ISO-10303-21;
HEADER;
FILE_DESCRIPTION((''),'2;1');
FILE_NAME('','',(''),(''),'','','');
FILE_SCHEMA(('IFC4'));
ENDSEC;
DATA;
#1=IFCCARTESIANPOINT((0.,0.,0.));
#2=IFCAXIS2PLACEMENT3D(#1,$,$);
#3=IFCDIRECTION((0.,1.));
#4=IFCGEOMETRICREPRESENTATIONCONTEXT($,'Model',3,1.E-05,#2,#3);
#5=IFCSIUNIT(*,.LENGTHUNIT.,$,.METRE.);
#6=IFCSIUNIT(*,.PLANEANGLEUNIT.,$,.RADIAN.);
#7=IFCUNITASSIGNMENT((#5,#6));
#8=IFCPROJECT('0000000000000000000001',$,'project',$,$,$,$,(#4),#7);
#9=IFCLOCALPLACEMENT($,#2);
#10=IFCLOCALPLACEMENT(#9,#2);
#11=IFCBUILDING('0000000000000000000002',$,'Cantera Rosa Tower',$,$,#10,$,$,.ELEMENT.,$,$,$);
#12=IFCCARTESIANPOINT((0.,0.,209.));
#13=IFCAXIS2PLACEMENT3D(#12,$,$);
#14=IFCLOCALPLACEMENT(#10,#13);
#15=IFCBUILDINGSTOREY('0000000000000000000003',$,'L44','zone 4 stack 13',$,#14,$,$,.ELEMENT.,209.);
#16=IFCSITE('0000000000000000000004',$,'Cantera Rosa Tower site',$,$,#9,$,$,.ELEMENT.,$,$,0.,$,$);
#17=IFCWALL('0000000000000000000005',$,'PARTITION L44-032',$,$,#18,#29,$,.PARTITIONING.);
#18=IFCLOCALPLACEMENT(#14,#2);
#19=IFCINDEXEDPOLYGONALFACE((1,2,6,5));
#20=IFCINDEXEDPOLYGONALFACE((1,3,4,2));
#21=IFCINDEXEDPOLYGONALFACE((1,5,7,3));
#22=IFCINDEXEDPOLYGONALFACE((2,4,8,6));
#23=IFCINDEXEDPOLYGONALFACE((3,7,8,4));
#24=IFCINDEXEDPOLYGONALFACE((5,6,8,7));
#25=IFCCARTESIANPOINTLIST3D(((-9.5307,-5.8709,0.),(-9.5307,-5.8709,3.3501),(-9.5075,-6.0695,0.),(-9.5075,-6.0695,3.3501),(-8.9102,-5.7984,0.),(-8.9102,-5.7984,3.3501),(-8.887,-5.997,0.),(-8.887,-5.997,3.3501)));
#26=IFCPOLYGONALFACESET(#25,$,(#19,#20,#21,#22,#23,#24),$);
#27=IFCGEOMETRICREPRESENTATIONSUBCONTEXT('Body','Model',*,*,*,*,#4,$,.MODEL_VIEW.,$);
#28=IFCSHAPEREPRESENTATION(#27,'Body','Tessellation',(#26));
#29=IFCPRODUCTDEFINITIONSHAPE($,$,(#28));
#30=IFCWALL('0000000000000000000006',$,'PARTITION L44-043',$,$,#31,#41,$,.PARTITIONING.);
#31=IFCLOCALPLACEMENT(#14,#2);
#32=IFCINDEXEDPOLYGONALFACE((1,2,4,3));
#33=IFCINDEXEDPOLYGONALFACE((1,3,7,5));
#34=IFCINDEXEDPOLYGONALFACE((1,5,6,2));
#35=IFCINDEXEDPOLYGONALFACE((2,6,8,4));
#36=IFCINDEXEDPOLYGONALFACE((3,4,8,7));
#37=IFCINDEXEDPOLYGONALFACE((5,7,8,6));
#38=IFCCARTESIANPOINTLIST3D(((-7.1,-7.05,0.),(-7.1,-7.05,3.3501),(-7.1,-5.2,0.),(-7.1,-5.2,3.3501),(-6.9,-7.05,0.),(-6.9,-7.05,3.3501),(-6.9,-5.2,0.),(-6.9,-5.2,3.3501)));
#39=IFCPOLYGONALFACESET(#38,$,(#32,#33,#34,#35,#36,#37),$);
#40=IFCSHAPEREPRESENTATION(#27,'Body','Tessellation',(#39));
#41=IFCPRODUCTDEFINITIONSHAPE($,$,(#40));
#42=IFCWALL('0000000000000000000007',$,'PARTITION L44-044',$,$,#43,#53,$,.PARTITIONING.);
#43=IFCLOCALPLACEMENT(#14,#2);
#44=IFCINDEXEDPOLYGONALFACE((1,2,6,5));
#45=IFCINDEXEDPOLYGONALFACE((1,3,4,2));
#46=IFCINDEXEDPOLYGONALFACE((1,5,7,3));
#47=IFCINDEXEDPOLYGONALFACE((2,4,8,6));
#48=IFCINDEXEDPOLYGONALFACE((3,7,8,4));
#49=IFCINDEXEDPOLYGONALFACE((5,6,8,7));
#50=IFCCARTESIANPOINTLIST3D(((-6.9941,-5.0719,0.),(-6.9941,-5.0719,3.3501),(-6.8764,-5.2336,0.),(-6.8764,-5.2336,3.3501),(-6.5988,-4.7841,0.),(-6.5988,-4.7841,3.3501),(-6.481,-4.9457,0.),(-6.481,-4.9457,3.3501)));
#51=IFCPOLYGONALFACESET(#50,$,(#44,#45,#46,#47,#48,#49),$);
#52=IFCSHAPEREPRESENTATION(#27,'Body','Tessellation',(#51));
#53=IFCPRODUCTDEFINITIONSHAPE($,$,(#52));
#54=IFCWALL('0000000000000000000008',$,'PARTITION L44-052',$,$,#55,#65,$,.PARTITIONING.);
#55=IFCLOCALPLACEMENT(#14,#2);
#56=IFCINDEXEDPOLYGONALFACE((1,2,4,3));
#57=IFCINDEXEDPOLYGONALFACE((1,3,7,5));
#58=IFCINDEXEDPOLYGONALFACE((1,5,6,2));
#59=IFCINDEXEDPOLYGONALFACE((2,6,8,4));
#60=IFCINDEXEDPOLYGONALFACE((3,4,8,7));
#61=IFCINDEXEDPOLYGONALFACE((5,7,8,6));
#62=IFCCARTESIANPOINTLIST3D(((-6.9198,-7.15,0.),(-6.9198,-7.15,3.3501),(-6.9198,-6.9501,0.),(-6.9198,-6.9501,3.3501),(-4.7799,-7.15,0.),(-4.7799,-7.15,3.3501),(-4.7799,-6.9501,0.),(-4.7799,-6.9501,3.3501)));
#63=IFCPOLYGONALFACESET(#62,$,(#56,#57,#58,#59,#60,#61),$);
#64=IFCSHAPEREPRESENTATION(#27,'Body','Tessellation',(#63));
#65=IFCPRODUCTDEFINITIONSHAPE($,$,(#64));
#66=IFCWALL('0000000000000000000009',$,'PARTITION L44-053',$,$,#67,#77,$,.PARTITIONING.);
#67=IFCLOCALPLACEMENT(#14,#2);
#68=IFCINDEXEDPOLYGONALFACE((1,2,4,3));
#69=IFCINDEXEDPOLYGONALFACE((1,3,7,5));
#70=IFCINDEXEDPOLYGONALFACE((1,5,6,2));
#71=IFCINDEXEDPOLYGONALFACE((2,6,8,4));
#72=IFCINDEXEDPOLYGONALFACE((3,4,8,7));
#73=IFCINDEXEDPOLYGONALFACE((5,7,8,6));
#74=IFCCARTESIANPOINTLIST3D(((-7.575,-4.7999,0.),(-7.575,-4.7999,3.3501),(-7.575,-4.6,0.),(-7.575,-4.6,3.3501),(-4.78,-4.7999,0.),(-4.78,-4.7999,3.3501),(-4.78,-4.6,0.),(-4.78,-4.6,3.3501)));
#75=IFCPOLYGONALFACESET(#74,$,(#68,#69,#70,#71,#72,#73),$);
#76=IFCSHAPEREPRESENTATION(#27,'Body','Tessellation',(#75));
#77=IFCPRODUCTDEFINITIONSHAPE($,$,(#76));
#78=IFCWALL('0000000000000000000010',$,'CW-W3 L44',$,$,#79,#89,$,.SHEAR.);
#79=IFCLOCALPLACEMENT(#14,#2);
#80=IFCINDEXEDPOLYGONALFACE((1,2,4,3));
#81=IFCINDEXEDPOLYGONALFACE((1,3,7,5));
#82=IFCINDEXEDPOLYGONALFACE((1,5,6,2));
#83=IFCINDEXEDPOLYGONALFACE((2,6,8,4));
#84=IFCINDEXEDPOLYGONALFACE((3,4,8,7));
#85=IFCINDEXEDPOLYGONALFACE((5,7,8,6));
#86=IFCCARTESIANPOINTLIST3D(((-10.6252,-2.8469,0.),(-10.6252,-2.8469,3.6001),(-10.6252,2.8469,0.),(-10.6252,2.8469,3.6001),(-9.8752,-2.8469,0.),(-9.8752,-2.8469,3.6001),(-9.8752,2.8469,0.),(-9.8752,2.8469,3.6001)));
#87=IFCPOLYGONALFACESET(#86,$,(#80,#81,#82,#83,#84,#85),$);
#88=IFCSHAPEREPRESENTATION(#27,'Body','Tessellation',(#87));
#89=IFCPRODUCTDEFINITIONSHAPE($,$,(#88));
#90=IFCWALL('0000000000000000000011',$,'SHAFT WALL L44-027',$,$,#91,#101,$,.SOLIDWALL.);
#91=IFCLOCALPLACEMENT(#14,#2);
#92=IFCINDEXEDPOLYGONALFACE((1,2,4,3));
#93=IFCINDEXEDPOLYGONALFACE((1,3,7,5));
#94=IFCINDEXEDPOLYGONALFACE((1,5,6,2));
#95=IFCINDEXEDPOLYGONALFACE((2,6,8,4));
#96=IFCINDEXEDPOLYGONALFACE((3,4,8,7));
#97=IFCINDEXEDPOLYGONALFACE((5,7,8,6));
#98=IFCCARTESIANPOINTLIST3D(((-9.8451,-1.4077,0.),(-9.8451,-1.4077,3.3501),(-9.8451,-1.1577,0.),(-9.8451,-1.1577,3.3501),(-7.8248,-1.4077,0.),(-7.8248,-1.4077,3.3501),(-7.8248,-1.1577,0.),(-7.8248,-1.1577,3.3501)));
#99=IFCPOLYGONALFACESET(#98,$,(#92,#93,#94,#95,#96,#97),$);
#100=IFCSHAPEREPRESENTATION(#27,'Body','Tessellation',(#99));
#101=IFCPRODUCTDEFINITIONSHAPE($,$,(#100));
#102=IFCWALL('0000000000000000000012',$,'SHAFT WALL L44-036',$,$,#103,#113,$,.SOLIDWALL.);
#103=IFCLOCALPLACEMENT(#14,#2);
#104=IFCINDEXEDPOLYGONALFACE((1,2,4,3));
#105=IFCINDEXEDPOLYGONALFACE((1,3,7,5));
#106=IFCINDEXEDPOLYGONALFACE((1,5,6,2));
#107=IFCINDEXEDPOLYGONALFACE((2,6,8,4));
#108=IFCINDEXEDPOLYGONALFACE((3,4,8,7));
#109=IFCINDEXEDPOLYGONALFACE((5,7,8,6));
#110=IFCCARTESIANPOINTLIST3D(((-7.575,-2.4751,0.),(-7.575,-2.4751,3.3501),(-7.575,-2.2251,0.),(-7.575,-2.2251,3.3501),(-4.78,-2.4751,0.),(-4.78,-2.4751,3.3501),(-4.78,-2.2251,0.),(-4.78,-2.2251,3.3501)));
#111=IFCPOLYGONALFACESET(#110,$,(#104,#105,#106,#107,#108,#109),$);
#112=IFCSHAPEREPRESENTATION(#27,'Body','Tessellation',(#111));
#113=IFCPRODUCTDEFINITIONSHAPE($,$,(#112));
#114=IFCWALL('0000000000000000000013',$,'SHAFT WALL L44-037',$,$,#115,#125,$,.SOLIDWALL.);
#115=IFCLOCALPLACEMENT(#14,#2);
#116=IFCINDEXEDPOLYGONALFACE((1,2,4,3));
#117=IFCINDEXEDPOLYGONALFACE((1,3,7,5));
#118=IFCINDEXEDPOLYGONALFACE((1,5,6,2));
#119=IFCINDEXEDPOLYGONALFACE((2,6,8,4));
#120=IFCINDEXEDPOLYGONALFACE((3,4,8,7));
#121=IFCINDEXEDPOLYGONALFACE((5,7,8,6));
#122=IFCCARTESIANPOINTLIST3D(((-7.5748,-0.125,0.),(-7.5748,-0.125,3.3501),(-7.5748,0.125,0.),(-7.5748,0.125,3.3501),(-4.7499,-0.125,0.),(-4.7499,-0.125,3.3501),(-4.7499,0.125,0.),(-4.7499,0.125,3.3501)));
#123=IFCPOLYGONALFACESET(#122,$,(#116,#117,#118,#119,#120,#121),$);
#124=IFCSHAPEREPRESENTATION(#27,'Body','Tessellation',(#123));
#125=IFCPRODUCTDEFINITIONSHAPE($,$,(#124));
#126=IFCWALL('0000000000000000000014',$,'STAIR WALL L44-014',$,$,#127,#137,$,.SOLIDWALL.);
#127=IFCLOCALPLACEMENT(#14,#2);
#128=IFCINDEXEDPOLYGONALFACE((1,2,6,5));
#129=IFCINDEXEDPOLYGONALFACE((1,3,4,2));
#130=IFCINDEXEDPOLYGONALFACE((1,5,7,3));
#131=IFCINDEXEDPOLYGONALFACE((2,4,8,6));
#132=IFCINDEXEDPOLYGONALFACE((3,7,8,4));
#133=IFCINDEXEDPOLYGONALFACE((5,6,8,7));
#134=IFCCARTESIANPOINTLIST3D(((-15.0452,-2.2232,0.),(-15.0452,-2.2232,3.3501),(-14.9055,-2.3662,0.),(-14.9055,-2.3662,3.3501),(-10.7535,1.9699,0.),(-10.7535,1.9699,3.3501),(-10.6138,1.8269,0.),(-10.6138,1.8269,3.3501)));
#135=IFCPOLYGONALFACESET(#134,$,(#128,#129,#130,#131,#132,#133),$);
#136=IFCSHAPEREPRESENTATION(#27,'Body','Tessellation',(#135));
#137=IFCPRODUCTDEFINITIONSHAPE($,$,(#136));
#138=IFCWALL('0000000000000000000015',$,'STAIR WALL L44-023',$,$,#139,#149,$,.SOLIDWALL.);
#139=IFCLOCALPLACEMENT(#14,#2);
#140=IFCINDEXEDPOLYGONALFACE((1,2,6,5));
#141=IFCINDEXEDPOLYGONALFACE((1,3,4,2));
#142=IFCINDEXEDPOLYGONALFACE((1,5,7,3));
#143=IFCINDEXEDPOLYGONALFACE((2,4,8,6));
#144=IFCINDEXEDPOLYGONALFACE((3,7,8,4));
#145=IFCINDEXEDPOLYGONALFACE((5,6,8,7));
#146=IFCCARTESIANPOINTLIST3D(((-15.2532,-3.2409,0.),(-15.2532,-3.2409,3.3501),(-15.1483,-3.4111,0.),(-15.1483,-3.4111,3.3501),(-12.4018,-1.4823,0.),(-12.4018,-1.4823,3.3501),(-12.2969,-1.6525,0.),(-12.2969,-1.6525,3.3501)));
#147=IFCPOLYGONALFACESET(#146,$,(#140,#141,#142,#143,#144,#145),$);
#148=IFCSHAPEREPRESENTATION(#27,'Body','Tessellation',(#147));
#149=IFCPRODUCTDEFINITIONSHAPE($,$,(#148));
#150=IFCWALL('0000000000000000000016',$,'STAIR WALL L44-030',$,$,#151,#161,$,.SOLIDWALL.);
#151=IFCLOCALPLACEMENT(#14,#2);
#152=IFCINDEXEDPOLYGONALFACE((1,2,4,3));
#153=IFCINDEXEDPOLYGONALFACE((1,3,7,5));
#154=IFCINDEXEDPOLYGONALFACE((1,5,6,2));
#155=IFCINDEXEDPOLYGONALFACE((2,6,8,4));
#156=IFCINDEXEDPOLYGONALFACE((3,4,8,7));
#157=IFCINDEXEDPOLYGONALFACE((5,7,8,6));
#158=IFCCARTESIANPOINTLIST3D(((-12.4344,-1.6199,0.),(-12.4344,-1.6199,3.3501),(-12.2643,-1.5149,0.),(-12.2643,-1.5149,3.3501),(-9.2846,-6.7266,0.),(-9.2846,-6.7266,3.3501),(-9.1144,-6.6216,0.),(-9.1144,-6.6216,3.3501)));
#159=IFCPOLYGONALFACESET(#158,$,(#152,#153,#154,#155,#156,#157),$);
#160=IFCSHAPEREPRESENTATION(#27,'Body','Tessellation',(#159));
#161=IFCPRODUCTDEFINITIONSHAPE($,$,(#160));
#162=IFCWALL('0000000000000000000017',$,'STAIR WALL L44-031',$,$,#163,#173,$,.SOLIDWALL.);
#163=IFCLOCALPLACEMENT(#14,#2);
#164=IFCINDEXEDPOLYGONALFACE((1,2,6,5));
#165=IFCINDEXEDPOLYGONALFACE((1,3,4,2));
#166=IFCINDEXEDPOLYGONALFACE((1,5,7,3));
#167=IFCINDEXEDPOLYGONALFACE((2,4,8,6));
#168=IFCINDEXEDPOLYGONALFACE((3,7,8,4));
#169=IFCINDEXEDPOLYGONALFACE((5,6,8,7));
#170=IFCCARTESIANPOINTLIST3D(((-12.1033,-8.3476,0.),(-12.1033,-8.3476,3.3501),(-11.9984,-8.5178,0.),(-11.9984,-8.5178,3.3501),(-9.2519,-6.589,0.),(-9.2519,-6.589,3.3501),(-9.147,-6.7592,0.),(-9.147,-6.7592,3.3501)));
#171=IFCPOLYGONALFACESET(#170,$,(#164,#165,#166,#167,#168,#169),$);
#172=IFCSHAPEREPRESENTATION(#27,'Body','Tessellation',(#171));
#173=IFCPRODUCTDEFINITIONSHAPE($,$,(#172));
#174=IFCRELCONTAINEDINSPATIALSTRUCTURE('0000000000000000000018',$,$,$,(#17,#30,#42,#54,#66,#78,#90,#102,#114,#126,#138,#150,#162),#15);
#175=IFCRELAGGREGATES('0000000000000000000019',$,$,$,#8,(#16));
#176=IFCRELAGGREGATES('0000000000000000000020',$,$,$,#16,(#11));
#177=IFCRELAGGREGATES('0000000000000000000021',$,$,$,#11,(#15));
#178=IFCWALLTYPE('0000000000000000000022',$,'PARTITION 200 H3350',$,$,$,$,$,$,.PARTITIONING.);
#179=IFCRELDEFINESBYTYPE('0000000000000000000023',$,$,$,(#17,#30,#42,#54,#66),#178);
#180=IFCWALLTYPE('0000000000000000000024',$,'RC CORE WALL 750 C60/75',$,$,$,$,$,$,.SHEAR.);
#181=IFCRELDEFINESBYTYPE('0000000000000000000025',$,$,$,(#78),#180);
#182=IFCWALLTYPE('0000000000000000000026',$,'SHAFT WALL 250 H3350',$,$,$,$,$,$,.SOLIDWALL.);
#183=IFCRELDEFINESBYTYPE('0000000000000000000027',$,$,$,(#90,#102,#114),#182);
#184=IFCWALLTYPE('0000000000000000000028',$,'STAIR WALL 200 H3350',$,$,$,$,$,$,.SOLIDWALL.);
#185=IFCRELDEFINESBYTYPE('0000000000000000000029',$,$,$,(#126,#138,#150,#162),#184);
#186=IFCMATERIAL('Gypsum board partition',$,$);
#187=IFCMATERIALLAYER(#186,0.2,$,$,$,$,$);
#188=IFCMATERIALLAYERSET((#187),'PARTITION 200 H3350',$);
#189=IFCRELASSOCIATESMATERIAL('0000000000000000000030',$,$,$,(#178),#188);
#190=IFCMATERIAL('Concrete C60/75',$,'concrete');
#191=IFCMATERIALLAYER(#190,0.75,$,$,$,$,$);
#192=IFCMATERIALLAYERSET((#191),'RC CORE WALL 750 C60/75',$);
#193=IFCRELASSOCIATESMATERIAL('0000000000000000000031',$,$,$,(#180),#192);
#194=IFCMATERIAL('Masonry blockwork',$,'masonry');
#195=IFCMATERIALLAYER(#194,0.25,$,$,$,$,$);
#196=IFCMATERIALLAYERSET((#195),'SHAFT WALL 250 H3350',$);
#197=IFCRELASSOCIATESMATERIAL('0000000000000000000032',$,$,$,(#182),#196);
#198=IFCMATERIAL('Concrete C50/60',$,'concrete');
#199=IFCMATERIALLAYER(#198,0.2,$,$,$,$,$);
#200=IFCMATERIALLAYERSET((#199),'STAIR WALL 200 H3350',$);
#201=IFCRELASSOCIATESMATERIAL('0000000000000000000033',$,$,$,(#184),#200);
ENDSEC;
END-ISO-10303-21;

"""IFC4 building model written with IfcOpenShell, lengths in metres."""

from ifc_helpers import new_model, si_unit, direction, frame, frame_2d, origin, place, context, subcontext, project, spatial, rectangle, extrude, material, layer, layer_set, type_object, element, save


model = new_model("IFC4")

# Units and contexts
model_context = context("Model", 3, precision=1e-05, world=origin(), true_north=direction((0.0, 1.0)))
body_context = subcontext(model_context, "Body", "Model", "MODEL_VIEW")
ifc_project = project(units=[si_unit("LENGTHUNIT", "METRE"), si_unit("PLANEANGLEUNIT", "RADIAN")], contexts=[model_context])

# Site, building, storey
site_placement = place(None, origin())
site = spatial("IfcSite", under=ifc_project, at=site_placement, Name="Cantera Rosa Tower site", CompositionType="ELEMENT", RefElevation=0.0)
building_placement = place(site_placement, origin())
building = spatial("IfcBuilding", under=site, at=building_placement, Name="Cantera Rosa Tower", CompositionType="ELEMENT")
storey_placement = place(building_placement, frame((0.0, 0.0, 209.0)))
storey = spatial("IfcBuildingStorey", under=building, at=storey_placement, Name="L44", Description="zone 4 stack 13", CompositionType="ELEMENT", Elevation=209.0)

# Walls
ifc_material_1 = material(Name="Gypsum board partition")
ifc_layer_1 = layer(ifc_material_1, 0.2)
ifc_layer_set_1 = layer_set([ifc_layer_1], Name="PARTITION 200 H3350")
wall_type_1 = type_object("IfcWallType", Name="PARTITION 200 H3350", PredefinedType="PARTITIONING", material=ifc_layer_set_1)
wall_1_placement = place(storey_placement, frame((-8.8984, -5.8977, 0.0), z_axis=(0.0, 0.0, 1.0), x_axis=(-0.993244, -0.116048, 0.0)))
element("IfcWall", 1, at=wall_1_placement, inside=storey, type_object=wall_type_1, Name="PARTITION L44-032", PredefinedType="PARTITIONING", context=body_context, shape_type="SweptSolid", body=[
    extrude(rectangle(XDim=0.6248, YDim=0.2, at=frame_2d((0.3125, 0.0))), origin(), (0.0, 0.0, 1.0), 3.3501),
])
wall_2_placement = place(storey_placement, frame((-7.0, -7.05, 0.0), z_axis=(0.0, 0.0, 1.0), x_axis=(0.0, 1.0, 0.0)))
element("IfcWall", 2, at=wall_2_placement, inside=storey, type_object=wall_type_1, Name="PARTITION L44-043", PredefinedType="PARTITIONING", context=body_context, shape_type="SweptSolid", body=[
    extrude(rectangle(XDim=1.8501, YDim=0.2, at=frame_2d((0.925, 0.0))), origin(), (0.0, 0.0, 1.0), 3.3501),
])
wall_3_placement = place(storey_placement, frame((-6.9353, -5.1528, 0.0), z_axis=(0.0, 0.0, 1.0), x_axis=(0.808369, 0.588676, 0.0)))
element("IfcWall", 3, at=wall_3_placement, inside=storey, type_object=wall_type_1, Name="PARTITION L44-044", PredefinedType="PARTITIONING", context=body_context, shape_type="SweptSolid", body=[
    extrude(rectangle(XDim=0.489, YDim=0.2, at=frame_2d((0.2446, 0.0))), origin(), (0.0, 0.0, 1.0), 3.3501),
])
wall_4_placement = place(storey_placement, frame((-4.78, -7.05, 0.0), z_axis=(0.0, 0.0, 1.0), x_axis=(-1.0, 0.0, 0.0)))
element("IfcWall", 4, at=wall_4_placement, inside=storey, type_object=wall_type_1, Name="PARTITION L44-052", PredefinedType="PARTITIONING", context=body_context, shape_type="SweptSolid", body=[
    extrude(rectangle(XDim=2.1399, YDim=0.2, at=frame_2d((1.0698, 0.0))), origin(), (0.0, 0.0, 1.0), 3.3501),
])
wall_5_placement = place(storey_placement, frame((-4.78, -4.7, 0.0), z_axis=(0.0, 0.0, 1.0), x_axis=(-1.0, 0.0, 0.0)))
element("IfcWall", 5, at=wall_5_placement, inside=storey, type_object=wall_type_1, Name="PARTITION L44-053", PredefinedType="PARTITIONING", context=body_context, shape_type="SweptSolid", body=[
    extrude(rectangle(XDim=2.7949, YDim=0.2, at=frame_2d((1.3975, 0.0))), origin(), (0.0, 0.0, 1.0), 3.3501),
])
ifc_material_2 = material(Name="Concrete C60/75", Category="concrete")
ifc_layer_2 = layer(ifc_material_2, 0.75)
ifc_layer_set_2 = layer_set([ifc_layer_2], Name="RC CORE WALL 750 C60/75")
wall_type_2 = type_object("IfcWallType", Name="RC CORE WALL 750 C60/75", PredefinedType="SHEAR", material=ifc_layer_set_2)
wall_6_placement = place(storey_placement, frame((-10.2502, -2.8469, 0.0), z_axis=(0.0, 0.0, 1.0), x_axis=(0.0, 1.0, 0.0)))
element("IfcWall", 6, at=wall_6_placement, inside=storey, type_object=wall_type_2, Name="CW-W3 L44", PredefinedType="SHEAR", context=body_context, shape_type="SweptSolid", body=[
    extrude(rectangle(XDim=5.6938, YDim=0.75, at=frame_2d((2.8469, 0.0))), origin(), (0.0, 0.0, 1.0), 3.6001),
])
ifc_material_3 = material(Name="Masonry blockwork", Category="masonry")
ifc_layer_3 = layer(ifc_material_3, 0.25)
ifc_layer_set_3 = layer_set([ifc_layer_3], Name="SHAFT WALL 250 H3350")
wall_type_3 = type_object("IfcWallType", Name="SHAFT WALL 250 H3350", PredefinedType="SOLIDWALL", material=ifc_layer_set_3)
wall_7_placement = place(storey_placement, frame((-9.8452, -1.2827, 0.0), z_axis=(0.0, 0.0, 1.0), x_axis=(1.0, 0.0, 0.0)))
element("IfcWall", 7, at=wall_7_placement, inside=storey, type_object=wall_type_3, Name="SHAFT WALL L44-027", PredefinedType="SOLIDWALL", context=body_context, shape_type="SweptSolid", body=[
    extrude(rectangle(XDim=2.0203, YDim=0.25, at=frame_2d((1.0103, 0.0))), origin(), (0.0, 0.0, 1.0), 3.3501),
])
wall_8_placement = place(storey_placement, frame((-7.575, -2.3501, 0.0), z_axis=(0.0, 0.0, 1.0), x_axis=(1.0, 0.0, 0.0)))
element("IfcWall", 8, at=wall_8_placement, inside=storey, type_object=wall_type_3, Name="SHAFT WALL L44-036", PredefinedType="SOLIDWALL", context=body_context, shape_type="SweptSolid", body=[
    extrude(rectangle(XDim=2.7949, YDim=0.25, at=frame_2d((1.3975, 0.0))), origin(), (0.0, 0.0, 1.0), 3.3501),
])
wall_9_placement = place(storey_placement, frame((-7.575, 0.0, 0.0), z_axis=(0.0, 0.0, 1.0), x_axis=(1.0, 0.0, 0.0)))
element("IfcWall", 9, at=wall_9_placement, inside=storey, type_object=wall_type_3, Name="SHAFT WALL L44-037", PredefinedType="SOLIDWALL", context=body_context, shape_type="SweptSolid", body=[
    extrude(rectangle(XDim=2.825, YDim=0.25, at=frame_2d((1.4126, 0.0))), origin(), (0.0, 0.0, 1.0), 3.3501),
])
ifc_material_4 = material(Name="Concrete C50/60", Category="concrete")
ifc_layer_4 = layer(ifc_material_4, 0.2)
ifc_layer_set_4 = layer_set([ifc_layer_4], Name="STAIR WALL 200 H3350")
wall_type_4 = type_object("IfcWallType", Name="STAIR WALL 200 H3350", PredefinedType="SOLIDWALL", material=ifc_layer_set_4)
wall_10_placement = place(storey_placement, frame((-14.9753, -2.2947, 0.0), z_axis=(0.0, 0.0, 1.0), x_axis=(0.715278, 0.69884, 0.0)))
element("IfcWall", 10, at=wall_10_placement, inside=storey, type_object=wall_type_4, Name="STAIR WALL L44-014", PredefinedType="SOLIDWALL", context=body_context, shape_type="SweptSolid", body=[
    extrude(rectangle(XDim=6.0, YDim=0.2, at=frame_2d((3.0, 0.0))), origin(), (0.0, 0.0, 1.0), 3.3501),
])
wall_11_placement = place(storey_placement, frame((-12.3494, -1.5674, 0.0), z_axis=(0.0, 0.0, 1.0), x_axis=(-0.85114, -0.524939, 0.0)))
element("IfcWall", 11, at=wall_11_placement, inside=storey, type_object=wall_type_4, Name="STAIR WALL L44-023", PredefinedType="SOLIDWALL", context=body_context, shape_type="SweptSolid", body=[
    extrude(rectangle(XDim=3.3501, YDim=0.2, at=frame_2d((1.675, 0.0))), origin(), (0.0, 0.0, 1.0), 3.3501),
])
wall_12_placement = place(storey_placement, frame((-9.1995, -6.6741, 0.0), z_axis=(0.0, 0.0, 1.0), x_axis=(-0.524983, 0.851113, 0.0)))
element("IfcWall", 12, at=wall_12_placement, inside=storey, type_object=wall_type_4, Name="STAIR WALL L44-030", PredefinedType="SOLIDWALL", context=body_context, shape_type="SweptSolid", body=[
    extrude(rectangle(XDim=6.0, YDim=0.2, at=frame_2d((3.0, 0.0))), origin(), (0.0, 0.0, 1.0), 3.3501),
])
wall_13_placement = place(storey_placement, frame((-9.1995, -6.6741, 0.0), z_axis=(0.0, 0.0, 1.0), x_axis=(-0.85114, -0.524939, 0.0)))
element("IfcWall", 13, at=wall_13_placement, inside=storey, type_object=wall_type_4, Name="STAIR WALL L44-031", PredefinedType="SOLIDWALL", context=body_context, shape_type="SweptSolid", body=[
    extrude(rectangle(XDim=3.3501, YDim=0.2, at=frame_2d((1.675, 0.0))), origin(), (0.0, 0.0, 1.0), 3.3501),
])

save(model, "model.ifc")
